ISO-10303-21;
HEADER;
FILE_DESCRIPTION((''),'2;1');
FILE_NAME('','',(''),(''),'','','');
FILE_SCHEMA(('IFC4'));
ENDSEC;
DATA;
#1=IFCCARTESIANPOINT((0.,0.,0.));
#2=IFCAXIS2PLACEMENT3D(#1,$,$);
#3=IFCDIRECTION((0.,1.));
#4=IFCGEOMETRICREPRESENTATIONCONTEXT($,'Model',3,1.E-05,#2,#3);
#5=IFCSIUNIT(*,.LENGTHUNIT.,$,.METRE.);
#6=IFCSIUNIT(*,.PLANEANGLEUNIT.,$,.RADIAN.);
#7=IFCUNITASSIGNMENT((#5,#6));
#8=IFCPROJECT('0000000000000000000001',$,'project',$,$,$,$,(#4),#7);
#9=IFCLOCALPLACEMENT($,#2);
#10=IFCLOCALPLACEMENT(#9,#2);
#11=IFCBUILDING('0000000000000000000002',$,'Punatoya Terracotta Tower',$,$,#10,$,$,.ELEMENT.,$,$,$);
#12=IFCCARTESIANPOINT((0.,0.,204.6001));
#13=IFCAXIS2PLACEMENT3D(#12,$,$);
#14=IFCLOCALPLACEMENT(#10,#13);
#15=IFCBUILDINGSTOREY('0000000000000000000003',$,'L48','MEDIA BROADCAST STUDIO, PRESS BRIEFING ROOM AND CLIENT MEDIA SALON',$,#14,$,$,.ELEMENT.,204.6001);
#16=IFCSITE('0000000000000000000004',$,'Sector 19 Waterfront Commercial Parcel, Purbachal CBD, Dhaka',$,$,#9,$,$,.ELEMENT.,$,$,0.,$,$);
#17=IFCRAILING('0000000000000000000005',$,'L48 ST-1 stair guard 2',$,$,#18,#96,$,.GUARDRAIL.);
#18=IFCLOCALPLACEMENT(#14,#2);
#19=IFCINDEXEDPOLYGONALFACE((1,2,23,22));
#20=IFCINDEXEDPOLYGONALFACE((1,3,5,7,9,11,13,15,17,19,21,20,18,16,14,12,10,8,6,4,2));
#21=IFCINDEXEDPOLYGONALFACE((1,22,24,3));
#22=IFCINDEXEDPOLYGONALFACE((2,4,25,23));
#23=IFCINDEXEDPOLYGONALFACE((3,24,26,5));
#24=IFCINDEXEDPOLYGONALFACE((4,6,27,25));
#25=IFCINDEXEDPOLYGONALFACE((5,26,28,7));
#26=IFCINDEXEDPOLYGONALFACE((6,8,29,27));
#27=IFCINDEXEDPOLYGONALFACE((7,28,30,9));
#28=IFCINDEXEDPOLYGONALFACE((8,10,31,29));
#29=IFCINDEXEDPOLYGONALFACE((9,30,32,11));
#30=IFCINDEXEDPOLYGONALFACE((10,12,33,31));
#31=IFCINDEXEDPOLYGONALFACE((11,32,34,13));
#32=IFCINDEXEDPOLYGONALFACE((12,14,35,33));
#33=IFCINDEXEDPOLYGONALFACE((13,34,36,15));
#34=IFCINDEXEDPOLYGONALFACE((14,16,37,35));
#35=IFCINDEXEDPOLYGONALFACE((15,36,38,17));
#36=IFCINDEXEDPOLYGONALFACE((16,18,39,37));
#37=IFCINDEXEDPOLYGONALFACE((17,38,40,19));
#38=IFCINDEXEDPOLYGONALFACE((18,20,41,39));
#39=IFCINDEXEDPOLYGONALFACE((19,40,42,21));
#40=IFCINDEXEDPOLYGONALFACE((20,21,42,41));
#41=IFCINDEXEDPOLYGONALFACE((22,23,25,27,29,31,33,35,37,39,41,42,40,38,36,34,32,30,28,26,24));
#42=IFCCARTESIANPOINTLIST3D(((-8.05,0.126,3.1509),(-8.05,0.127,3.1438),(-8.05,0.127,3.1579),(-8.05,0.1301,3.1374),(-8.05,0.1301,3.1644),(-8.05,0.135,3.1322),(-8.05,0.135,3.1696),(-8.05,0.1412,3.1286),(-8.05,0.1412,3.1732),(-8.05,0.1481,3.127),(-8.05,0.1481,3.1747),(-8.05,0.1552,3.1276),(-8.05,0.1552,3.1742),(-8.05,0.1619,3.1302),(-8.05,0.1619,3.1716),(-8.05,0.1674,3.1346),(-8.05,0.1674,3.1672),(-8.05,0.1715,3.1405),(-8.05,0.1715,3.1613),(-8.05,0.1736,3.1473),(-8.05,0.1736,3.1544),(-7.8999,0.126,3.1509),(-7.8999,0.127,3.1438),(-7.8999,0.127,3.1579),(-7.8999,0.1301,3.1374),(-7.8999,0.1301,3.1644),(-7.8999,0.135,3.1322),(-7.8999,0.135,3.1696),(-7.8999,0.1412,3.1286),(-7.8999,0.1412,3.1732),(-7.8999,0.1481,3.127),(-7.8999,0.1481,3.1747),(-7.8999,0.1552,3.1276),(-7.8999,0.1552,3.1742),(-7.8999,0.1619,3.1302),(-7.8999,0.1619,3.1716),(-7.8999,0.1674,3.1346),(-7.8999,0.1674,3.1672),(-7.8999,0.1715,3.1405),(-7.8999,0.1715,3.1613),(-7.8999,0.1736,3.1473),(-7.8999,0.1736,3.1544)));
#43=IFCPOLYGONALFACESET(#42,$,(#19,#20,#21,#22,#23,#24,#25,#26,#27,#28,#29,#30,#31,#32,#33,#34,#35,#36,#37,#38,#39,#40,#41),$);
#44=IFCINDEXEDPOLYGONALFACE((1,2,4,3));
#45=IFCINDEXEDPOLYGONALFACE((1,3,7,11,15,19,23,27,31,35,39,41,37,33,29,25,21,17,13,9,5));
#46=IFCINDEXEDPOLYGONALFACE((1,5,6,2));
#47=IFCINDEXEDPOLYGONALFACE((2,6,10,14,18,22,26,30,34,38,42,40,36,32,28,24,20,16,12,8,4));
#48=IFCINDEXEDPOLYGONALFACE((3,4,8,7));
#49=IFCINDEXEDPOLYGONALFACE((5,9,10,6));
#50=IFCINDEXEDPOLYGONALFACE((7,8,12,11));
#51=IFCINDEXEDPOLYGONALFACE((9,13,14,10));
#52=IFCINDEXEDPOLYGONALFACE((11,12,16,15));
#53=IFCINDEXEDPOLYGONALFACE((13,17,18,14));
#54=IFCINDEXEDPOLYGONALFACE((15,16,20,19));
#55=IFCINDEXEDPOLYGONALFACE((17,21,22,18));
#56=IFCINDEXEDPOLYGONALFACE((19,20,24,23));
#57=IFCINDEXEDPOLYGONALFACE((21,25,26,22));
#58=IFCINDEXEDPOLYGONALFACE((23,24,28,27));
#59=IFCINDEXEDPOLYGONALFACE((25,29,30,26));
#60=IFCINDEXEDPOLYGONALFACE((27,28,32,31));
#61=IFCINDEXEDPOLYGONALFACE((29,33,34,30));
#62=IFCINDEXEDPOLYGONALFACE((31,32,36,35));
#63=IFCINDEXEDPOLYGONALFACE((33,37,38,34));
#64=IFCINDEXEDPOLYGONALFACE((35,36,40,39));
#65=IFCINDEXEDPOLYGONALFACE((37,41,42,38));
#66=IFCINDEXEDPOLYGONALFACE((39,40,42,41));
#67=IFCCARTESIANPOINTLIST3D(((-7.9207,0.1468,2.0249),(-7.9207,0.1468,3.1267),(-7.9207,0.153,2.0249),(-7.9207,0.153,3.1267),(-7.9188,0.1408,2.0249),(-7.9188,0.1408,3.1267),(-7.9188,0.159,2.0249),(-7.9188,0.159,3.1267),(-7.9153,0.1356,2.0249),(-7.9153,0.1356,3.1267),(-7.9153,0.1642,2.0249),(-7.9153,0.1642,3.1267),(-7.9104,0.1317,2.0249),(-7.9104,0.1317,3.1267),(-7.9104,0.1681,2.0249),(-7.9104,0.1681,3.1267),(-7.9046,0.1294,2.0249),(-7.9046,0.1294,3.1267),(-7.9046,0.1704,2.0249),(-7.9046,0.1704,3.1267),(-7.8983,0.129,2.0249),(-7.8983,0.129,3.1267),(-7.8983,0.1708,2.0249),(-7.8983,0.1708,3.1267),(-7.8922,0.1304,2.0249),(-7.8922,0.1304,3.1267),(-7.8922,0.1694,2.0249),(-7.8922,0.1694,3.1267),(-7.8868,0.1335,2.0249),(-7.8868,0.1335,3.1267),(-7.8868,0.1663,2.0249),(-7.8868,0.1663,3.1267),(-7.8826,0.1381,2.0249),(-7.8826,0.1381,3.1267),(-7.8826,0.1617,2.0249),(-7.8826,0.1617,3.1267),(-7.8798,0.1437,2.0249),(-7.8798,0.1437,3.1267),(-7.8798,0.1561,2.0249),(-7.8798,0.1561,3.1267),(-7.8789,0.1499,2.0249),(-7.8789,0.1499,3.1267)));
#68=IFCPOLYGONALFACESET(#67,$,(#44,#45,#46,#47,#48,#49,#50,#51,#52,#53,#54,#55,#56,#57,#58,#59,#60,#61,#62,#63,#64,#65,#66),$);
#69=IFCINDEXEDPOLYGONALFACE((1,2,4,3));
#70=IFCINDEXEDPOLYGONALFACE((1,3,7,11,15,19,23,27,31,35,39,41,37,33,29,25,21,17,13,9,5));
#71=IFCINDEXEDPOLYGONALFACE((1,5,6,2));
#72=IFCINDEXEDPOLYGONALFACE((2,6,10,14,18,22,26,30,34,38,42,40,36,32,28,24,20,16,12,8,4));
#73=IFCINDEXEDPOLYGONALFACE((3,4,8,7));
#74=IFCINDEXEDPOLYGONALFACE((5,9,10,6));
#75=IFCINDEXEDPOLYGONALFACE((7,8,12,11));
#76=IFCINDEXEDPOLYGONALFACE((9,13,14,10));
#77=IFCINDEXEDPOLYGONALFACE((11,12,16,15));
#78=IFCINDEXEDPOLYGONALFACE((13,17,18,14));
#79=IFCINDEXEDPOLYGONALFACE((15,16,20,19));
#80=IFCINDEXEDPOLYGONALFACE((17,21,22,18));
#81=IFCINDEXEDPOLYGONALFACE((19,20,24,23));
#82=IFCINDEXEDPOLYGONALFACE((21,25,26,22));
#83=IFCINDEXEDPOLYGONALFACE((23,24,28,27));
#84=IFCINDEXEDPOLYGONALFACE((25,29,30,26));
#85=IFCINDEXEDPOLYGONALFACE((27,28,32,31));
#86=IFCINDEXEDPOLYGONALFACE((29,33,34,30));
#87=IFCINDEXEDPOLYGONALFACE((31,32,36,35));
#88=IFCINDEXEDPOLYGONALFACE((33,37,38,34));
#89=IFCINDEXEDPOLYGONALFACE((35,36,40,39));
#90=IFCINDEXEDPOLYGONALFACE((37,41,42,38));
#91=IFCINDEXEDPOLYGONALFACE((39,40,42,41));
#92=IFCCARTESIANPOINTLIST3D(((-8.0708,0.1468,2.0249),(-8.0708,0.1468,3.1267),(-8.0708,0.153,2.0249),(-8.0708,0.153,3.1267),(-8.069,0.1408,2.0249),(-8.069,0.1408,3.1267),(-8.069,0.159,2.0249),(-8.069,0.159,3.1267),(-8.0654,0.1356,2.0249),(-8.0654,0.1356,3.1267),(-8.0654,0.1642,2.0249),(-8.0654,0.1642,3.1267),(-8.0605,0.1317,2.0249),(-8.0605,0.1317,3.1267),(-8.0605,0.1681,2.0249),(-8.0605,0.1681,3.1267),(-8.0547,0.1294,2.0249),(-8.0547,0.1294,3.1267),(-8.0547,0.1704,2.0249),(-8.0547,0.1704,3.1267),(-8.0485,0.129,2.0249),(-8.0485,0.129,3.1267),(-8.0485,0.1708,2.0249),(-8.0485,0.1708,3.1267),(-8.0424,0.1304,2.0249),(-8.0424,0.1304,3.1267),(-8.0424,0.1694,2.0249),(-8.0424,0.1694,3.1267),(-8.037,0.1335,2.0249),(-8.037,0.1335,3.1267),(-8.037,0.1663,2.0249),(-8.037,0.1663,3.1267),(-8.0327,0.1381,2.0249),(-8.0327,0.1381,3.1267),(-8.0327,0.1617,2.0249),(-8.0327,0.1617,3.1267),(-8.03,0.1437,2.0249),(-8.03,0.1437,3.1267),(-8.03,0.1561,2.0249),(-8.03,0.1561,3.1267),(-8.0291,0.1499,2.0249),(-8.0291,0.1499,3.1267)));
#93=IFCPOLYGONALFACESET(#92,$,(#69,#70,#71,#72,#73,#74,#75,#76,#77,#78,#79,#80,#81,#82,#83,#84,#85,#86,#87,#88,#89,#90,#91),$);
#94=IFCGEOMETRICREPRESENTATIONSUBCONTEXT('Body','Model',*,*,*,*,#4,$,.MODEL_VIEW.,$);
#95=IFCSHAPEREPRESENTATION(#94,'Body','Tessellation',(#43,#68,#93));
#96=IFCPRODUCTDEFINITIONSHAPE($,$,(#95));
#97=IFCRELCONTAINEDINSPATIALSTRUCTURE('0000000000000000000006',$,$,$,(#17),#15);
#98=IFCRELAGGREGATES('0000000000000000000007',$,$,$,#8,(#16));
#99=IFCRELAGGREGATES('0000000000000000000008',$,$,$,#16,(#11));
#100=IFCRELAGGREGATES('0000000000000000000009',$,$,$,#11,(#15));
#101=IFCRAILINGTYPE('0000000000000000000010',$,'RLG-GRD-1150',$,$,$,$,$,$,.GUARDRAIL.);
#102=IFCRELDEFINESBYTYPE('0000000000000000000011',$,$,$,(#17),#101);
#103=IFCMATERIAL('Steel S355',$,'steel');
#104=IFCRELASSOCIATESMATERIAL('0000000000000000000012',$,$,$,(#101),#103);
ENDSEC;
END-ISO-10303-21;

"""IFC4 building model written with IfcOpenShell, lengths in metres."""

from ifc_helpers import new_model, si_unit, direction, frame, origin, origin_2d, place, context, subcontext, project, spatial, circle, extrude, material, type_object, element, save


model = new_model("IFC4")

# Units and contexts
model_context = context("Model", 3, precision=1e-05, world=origin(), true_north=direction((0.0, 1.0)))
body_context = subcontext(model_context, "Body", "Model", "MODEL_VIEW")
ifc_project = project(units=[si_unit("LENGTHUNIT", "METRE"), si_unit("PLANEANGLEUNIT", "RADIAN")], contexts=[model_context])

# Site, building, storey
site_placement = place(None, origin())
site = spatial("IfcSite", under=ifc_project, at=site_placement, Name="Sector 19 Waterfront Commercial Parcel, Purbachal CBD, Dhaka", CompositionType="ELEMENT", RefElevation=0.0)
building_placement = place(site_placement, origin())
building = spatial("IfcBuilding", under=site, at=building_placement, Name="Punatoya Terracotta Tower", CompositionType="ELEMENT")
storey_placement = place(building_placement, frame((0.0, 0.0, 204.6001)))
storey = spatial("IfcBuildingStorey", under=building, at=storey_placement, Name="L48", Description="MEDIA BROADCAST STUDIO, PRESS BRIEFING ROOM AND CLIENT MEDIA SALON", CompositionType="ELEMENT", Elevation=204.6001)

# Shared definitions
ifc_material_1 = material(Name="Steel S355", Category="steel")

# Railing
railing_type_1 = type_object("IfcRailingType", Name="RLG-GRD-1150", PredefinedType="GUARDRAIL", material=ifc_material_1)
railing_1_placement = place(storey_placement, frame((-7.8999, 0.1499, 2.0249)))
element("IfcRailing", 1, at=railing_1_placement, inside=storey, type_object=railing_type_1, Name="L48 ST-1 stair guard 2", PredefinedType="GUARDRAIL", context=body_context, shape_type="SweptSolid", body=[
    extrude(circle(Radius=0.0239, at=origin_2d()), frame((0.0, 0.0, 1.126), z_axis=(-1.0, 0.0, 0.0), x_axis=(0.0, -1.0, 0.0)), (0.0, 0.0, 1.0), 0.1501),
    extrude(circle(Radius=0.021, at=origin_2d()), origin(), (0.0, 0.0, 1.0), 1.1018),
    extrude(circle(Radius=0.021, at=origin_2d()), frame((-0.1501, 0.0, 0.0)), (0.0, 0.0, 1.0), 1.1018),
])

save(model, "model.ifc")
